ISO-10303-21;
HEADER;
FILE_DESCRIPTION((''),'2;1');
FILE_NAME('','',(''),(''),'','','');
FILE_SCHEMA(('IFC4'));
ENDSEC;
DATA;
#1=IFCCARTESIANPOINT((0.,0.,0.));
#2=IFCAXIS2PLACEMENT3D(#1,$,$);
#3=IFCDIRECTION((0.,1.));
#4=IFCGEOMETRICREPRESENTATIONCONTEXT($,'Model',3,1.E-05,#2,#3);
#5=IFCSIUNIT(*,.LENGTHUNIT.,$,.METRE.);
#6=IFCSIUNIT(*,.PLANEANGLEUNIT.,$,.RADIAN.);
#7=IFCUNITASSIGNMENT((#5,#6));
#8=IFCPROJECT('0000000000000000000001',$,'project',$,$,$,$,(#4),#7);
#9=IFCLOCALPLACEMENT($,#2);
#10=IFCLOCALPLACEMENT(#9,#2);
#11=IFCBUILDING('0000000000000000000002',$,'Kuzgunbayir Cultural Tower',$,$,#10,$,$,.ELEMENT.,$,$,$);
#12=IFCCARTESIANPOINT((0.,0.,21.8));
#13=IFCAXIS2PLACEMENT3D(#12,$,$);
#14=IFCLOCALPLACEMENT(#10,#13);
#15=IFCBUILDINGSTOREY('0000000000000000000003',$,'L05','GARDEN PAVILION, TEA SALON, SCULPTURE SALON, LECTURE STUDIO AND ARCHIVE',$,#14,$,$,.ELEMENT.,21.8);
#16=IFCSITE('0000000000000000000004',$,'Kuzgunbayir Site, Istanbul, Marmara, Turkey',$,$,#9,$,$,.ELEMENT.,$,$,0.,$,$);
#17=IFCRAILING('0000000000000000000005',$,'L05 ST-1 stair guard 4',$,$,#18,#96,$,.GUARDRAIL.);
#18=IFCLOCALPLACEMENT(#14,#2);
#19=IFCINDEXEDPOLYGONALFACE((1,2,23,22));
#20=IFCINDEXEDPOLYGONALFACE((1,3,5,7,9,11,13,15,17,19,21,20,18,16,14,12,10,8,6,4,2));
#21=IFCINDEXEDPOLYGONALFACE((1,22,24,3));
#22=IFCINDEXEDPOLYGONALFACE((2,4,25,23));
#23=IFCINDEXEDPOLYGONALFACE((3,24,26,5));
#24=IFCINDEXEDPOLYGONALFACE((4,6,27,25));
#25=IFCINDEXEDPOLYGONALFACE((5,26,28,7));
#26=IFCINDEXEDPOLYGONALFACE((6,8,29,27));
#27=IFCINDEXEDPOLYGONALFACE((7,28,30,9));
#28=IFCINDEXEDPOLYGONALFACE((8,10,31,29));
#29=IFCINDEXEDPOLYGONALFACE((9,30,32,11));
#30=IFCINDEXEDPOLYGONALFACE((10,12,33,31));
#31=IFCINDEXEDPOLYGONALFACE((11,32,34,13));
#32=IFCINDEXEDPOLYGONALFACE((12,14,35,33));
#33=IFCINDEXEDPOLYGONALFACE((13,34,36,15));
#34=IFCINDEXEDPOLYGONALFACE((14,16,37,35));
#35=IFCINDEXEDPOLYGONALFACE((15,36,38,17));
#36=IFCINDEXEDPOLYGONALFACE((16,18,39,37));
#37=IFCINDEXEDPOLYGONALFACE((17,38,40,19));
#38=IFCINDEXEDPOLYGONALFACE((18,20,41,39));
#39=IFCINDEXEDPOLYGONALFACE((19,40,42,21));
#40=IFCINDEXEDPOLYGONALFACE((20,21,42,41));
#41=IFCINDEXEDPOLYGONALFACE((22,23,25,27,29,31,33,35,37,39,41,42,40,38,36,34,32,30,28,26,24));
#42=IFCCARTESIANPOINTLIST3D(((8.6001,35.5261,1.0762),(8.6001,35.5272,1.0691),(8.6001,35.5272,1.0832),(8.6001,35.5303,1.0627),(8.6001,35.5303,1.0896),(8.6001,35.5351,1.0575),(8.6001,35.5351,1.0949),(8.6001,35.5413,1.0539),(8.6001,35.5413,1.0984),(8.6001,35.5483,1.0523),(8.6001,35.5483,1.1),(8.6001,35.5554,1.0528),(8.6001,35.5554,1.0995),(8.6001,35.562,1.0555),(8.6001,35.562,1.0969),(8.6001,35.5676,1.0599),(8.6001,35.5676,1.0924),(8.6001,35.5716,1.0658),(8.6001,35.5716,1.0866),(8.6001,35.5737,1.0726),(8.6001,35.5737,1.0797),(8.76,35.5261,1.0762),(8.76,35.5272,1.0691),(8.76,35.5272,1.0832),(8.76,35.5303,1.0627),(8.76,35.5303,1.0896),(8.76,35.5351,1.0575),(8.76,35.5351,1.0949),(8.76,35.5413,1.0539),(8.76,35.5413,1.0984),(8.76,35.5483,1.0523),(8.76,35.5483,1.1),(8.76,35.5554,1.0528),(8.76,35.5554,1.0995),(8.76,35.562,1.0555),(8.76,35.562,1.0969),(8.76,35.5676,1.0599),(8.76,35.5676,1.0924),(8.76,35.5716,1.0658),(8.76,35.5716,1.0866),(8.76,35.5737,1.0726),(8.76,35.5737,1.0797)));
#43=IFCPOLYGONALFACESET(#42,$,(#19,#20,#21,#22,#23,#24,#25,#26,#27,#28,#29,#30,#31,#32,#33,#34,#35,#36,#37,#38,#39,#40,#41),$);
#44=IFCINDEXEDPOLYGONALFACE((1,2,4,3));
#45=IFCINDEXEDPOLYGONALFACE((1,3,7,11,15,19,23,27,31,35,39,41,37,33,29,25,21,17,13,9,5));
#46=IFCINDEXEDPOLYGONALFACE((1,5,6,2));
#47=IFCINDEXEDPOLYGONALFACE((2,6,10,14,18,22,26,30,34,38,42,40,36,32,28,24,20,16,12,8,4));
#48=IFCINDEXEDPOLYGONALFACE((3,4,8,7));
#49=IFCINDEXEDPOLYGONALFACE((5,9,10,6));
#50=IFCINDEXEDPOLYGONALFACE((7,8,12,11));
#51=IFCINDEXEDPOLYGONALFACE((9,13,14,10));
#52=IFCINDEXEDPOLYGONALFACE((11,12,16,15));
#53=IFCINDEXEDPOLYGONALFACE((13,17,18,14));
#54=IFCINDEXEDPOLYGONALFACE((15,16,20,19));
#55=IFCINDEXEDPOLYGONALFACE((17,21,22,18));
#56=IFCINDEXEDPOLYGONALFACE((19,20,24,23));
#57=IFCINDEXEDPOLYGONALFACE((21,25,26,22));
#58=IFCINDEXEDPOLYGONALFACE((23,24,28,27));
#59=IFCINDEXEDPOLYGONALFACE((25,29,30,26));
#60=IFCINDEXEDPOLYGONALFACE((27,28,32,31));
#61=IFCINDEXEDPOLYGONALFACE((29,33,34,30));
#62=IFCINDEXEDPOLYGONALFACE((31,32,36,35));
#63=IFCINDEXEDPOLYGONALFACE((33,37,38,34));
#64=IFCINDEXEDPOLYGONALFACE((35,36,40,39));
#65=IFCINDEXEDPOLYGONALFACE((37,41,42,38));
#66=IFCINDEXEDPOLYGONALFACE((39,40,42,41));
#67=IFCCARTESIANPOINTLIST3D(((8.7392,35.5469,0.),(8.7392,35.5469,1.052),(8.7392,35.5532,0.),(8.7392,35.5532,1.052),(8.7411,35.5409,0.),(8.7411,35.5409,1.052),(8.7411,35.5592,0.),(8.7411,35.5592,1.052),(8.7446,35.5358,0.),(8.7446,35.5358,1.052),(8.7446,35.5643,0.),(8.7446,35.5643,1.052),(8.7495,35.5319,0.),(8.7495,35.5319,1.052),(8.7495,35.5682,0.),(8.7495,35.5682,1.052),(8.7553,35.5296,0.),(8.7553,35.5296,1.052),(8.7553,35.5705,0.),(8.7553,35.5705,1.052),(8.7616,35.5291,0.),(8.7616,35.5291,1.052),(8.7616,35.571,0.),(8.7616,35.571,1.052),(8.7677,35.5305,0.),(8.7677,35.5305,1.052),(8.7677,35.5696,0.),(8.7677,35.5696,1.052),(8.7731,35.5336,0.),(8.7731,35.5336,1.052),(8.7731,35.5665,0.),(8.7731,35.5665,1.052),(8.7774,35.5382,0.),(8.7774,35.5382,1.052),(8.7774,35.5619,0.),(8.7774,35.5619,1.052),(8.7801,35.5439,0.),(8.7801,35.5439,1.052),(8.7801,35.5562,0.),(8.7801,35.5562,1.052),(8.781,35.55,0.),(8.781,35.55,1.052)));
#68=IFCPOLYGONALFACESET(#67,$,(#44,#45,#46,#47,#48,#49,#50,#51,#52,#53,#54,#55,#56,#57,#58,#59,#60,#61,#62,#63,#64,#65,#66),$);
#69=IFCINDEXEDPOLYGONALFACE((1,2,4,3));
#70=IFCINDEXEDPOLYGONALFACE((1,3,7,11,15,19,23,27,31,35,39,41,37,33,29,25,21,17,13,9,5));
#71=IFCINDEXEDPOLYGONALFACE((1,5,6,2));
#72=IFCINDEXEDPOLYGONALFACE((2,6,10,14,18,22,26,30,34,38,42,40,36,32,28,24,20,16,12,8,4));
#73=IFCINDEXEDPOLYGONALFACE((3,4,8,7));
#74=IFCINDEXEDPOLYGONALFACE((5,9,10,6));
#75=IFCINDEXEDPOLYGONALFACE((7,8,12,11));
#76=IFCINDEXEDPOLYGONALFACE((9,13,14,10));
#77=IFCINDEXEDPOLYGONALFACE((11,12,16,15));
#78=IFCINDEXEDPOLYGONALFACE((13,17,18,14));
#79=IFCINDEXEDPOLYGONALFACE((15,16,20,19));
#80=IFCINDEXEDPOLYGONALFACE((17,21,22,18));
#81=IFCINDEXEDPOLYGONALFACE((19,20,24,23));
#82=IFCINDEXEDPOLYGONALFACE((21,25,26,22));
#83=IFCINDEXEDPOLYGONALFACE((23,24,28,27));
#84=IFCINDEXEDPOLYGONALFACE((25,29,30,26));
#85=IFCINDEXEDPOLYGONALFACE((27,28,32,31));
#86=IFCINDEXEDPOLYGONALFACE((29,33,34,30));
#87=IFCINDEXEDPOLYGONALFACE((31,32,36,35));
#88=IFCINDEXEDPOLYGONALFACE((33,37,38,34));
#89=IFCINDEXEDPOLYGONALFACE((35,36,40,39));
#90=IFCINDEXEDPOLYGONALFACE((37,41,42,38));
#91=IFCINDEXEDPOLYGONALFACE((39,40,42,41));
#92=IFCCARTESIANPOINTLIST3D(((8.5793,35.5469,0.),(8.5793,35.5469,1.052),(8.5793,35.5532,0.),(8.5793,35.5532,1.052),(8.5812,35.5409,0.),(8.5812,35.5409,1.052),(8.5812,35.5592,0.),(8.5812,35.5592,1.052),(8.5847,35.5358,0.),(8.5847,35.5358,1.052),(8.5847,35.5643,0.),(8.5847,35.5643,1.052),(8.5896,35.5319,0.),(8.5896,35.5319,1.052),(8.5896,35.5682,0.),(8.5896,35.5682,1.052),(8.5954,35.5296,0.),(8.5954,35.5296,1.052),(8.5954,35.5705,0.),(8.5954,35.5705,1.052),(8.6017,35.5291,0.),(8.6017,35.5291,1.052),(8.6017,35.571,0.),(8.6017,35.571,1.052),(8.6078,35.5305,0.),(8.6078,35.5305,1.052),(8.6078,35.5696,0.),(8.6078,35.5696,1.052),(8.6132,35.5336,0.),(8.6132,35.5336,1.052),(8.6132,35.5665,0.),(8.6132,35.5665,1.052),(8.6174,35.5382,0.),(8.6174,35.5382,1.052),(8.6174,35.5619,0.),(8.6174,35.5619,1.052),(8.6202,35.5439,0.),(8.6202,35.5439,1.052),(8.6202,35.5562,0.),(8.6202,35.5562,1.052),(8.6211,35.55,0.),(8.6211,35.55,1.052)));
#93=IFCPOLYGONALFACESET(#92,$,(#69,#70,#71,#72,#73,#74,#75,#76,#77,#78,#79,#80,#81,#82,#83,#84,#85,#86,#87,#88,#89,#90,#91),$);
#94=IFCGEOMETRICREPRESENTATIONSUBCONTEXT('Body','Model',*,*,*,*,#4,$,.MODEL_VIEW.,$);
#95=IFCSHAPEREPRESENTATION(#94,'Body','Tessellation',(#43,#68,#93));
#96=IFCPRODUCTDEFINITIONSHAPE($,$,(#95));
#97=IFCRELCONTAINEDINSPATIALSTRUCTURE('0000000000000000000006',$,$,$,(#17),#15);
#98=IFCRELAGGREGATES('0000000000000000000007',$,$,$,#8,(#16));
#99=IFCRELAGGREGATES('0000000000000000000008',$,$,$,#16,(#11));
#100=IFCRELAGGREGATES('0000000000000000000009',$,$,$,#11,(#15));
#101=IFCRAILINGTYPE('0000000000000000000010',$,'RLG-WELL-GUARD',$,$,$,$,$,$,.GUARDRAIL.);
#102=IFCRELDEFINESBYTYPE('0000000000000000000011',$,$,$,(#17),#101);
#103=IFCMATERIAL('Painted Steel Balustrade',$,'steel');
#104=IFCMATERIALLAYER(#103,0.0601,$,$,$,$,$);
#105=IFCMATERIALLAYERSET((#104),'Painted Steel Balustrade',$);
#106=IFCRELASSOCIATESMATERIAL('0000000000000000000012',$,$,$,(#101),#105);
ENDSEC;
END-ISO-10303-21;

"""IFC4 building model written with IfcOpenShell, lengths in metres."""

from ifc_helpers import new_model, si_unit, direction, frame, origin, origin_2d, place, context, subcontext, project, spatial, circle, extrude, material, layer, layer_set, type_object, element, save


model = new_model("IFC4")

# Units and contexts
model_context = context("Model", 3, precision=1e-05, world=origin(), true_north=direction((0.0, 1.0)))
body_context = subcontext(model_context, "Body", "Model", "MODEL_VIEW")
ifc_project = project(units=[si_unit("LENGTHUNIT", "METRE"), si_unit("PLANEANGLEUNIT", "RADIAN")], contexts=[model_context])

# Site, building, storey
site_placement = place(None, origin())
site = spatial("IfcSite", under=ifc_project, at=site_placement, Name="Kuzgunbayir Site, Istanbul, Marmara, Turkey", CompositionType="ELEMENT", RefElevation=0.0)
building_placement = place(site_placement, origin())
building = spatial("IfcBuilding", under=site, at=building_placement, Name="Kuzgunbayir Cultural Tower", CompositionType="ELEMENT")
storey_placement = place(building_placement, frame((0.0, 0.0, 21.8)))
storey = spatial("IfcBuildingStorey", under=building, at=storey_placement, Name="L05", Description="GARDEN PAVILION, TEA SALON, SCULPTURE SALON, LECTURE STUDIO AND ARCHIVE", CompositionType="ELEMENT", Elevation=21.8)

# Railing
ifc_material_1 = material(Name="Painted Steel Balustrade", Category="steel")
ifc_layer_1 = layer(ifc_material_1, 0.0601)
ifc_layer_set_1 = layer_set([ifc_layer_1], Name="Painted Steel Balustrade")
railing_type_1 = type_object("IfcRailingType", Name="RLG-WELL-GUARD", PredefinedType="GUARDRAIL", material=ifc_layer_set_1)
railing_1_placement = place(storey_placement, frame((8.76, 35.55, 0.0)))
element("IfcRailing", 1, at=railing_1_placement, inside=storey, type_object=railing_type_1, Name="L05 ST-1 stair guard 4", PredefinedType="GUARDRAIL", context=body_context, shape_type="SweptSolid", body=[
    extrude(circle(Radius=0.0239, at=origin_2d()), frame((0.0, 0.0, 1.0762), z_axis=(-1.0, 0.0, 0.0), x_axis=(0.0, -1.0, 0.0)), (0.0, 0.0, 1.0), 0.1599),
    extrude(circle(Radius=0.021, at=origin_2d()), origin(), (0.0, 0.0, 1.0), 1.052),
    extrude(circle(Radius=0.021, at=origin_2d()), frame((-0.1599, 0.0, 0.0)), (0.0, 0.0, 1.0), 1.052),
])

save(model, "model.ifc")
